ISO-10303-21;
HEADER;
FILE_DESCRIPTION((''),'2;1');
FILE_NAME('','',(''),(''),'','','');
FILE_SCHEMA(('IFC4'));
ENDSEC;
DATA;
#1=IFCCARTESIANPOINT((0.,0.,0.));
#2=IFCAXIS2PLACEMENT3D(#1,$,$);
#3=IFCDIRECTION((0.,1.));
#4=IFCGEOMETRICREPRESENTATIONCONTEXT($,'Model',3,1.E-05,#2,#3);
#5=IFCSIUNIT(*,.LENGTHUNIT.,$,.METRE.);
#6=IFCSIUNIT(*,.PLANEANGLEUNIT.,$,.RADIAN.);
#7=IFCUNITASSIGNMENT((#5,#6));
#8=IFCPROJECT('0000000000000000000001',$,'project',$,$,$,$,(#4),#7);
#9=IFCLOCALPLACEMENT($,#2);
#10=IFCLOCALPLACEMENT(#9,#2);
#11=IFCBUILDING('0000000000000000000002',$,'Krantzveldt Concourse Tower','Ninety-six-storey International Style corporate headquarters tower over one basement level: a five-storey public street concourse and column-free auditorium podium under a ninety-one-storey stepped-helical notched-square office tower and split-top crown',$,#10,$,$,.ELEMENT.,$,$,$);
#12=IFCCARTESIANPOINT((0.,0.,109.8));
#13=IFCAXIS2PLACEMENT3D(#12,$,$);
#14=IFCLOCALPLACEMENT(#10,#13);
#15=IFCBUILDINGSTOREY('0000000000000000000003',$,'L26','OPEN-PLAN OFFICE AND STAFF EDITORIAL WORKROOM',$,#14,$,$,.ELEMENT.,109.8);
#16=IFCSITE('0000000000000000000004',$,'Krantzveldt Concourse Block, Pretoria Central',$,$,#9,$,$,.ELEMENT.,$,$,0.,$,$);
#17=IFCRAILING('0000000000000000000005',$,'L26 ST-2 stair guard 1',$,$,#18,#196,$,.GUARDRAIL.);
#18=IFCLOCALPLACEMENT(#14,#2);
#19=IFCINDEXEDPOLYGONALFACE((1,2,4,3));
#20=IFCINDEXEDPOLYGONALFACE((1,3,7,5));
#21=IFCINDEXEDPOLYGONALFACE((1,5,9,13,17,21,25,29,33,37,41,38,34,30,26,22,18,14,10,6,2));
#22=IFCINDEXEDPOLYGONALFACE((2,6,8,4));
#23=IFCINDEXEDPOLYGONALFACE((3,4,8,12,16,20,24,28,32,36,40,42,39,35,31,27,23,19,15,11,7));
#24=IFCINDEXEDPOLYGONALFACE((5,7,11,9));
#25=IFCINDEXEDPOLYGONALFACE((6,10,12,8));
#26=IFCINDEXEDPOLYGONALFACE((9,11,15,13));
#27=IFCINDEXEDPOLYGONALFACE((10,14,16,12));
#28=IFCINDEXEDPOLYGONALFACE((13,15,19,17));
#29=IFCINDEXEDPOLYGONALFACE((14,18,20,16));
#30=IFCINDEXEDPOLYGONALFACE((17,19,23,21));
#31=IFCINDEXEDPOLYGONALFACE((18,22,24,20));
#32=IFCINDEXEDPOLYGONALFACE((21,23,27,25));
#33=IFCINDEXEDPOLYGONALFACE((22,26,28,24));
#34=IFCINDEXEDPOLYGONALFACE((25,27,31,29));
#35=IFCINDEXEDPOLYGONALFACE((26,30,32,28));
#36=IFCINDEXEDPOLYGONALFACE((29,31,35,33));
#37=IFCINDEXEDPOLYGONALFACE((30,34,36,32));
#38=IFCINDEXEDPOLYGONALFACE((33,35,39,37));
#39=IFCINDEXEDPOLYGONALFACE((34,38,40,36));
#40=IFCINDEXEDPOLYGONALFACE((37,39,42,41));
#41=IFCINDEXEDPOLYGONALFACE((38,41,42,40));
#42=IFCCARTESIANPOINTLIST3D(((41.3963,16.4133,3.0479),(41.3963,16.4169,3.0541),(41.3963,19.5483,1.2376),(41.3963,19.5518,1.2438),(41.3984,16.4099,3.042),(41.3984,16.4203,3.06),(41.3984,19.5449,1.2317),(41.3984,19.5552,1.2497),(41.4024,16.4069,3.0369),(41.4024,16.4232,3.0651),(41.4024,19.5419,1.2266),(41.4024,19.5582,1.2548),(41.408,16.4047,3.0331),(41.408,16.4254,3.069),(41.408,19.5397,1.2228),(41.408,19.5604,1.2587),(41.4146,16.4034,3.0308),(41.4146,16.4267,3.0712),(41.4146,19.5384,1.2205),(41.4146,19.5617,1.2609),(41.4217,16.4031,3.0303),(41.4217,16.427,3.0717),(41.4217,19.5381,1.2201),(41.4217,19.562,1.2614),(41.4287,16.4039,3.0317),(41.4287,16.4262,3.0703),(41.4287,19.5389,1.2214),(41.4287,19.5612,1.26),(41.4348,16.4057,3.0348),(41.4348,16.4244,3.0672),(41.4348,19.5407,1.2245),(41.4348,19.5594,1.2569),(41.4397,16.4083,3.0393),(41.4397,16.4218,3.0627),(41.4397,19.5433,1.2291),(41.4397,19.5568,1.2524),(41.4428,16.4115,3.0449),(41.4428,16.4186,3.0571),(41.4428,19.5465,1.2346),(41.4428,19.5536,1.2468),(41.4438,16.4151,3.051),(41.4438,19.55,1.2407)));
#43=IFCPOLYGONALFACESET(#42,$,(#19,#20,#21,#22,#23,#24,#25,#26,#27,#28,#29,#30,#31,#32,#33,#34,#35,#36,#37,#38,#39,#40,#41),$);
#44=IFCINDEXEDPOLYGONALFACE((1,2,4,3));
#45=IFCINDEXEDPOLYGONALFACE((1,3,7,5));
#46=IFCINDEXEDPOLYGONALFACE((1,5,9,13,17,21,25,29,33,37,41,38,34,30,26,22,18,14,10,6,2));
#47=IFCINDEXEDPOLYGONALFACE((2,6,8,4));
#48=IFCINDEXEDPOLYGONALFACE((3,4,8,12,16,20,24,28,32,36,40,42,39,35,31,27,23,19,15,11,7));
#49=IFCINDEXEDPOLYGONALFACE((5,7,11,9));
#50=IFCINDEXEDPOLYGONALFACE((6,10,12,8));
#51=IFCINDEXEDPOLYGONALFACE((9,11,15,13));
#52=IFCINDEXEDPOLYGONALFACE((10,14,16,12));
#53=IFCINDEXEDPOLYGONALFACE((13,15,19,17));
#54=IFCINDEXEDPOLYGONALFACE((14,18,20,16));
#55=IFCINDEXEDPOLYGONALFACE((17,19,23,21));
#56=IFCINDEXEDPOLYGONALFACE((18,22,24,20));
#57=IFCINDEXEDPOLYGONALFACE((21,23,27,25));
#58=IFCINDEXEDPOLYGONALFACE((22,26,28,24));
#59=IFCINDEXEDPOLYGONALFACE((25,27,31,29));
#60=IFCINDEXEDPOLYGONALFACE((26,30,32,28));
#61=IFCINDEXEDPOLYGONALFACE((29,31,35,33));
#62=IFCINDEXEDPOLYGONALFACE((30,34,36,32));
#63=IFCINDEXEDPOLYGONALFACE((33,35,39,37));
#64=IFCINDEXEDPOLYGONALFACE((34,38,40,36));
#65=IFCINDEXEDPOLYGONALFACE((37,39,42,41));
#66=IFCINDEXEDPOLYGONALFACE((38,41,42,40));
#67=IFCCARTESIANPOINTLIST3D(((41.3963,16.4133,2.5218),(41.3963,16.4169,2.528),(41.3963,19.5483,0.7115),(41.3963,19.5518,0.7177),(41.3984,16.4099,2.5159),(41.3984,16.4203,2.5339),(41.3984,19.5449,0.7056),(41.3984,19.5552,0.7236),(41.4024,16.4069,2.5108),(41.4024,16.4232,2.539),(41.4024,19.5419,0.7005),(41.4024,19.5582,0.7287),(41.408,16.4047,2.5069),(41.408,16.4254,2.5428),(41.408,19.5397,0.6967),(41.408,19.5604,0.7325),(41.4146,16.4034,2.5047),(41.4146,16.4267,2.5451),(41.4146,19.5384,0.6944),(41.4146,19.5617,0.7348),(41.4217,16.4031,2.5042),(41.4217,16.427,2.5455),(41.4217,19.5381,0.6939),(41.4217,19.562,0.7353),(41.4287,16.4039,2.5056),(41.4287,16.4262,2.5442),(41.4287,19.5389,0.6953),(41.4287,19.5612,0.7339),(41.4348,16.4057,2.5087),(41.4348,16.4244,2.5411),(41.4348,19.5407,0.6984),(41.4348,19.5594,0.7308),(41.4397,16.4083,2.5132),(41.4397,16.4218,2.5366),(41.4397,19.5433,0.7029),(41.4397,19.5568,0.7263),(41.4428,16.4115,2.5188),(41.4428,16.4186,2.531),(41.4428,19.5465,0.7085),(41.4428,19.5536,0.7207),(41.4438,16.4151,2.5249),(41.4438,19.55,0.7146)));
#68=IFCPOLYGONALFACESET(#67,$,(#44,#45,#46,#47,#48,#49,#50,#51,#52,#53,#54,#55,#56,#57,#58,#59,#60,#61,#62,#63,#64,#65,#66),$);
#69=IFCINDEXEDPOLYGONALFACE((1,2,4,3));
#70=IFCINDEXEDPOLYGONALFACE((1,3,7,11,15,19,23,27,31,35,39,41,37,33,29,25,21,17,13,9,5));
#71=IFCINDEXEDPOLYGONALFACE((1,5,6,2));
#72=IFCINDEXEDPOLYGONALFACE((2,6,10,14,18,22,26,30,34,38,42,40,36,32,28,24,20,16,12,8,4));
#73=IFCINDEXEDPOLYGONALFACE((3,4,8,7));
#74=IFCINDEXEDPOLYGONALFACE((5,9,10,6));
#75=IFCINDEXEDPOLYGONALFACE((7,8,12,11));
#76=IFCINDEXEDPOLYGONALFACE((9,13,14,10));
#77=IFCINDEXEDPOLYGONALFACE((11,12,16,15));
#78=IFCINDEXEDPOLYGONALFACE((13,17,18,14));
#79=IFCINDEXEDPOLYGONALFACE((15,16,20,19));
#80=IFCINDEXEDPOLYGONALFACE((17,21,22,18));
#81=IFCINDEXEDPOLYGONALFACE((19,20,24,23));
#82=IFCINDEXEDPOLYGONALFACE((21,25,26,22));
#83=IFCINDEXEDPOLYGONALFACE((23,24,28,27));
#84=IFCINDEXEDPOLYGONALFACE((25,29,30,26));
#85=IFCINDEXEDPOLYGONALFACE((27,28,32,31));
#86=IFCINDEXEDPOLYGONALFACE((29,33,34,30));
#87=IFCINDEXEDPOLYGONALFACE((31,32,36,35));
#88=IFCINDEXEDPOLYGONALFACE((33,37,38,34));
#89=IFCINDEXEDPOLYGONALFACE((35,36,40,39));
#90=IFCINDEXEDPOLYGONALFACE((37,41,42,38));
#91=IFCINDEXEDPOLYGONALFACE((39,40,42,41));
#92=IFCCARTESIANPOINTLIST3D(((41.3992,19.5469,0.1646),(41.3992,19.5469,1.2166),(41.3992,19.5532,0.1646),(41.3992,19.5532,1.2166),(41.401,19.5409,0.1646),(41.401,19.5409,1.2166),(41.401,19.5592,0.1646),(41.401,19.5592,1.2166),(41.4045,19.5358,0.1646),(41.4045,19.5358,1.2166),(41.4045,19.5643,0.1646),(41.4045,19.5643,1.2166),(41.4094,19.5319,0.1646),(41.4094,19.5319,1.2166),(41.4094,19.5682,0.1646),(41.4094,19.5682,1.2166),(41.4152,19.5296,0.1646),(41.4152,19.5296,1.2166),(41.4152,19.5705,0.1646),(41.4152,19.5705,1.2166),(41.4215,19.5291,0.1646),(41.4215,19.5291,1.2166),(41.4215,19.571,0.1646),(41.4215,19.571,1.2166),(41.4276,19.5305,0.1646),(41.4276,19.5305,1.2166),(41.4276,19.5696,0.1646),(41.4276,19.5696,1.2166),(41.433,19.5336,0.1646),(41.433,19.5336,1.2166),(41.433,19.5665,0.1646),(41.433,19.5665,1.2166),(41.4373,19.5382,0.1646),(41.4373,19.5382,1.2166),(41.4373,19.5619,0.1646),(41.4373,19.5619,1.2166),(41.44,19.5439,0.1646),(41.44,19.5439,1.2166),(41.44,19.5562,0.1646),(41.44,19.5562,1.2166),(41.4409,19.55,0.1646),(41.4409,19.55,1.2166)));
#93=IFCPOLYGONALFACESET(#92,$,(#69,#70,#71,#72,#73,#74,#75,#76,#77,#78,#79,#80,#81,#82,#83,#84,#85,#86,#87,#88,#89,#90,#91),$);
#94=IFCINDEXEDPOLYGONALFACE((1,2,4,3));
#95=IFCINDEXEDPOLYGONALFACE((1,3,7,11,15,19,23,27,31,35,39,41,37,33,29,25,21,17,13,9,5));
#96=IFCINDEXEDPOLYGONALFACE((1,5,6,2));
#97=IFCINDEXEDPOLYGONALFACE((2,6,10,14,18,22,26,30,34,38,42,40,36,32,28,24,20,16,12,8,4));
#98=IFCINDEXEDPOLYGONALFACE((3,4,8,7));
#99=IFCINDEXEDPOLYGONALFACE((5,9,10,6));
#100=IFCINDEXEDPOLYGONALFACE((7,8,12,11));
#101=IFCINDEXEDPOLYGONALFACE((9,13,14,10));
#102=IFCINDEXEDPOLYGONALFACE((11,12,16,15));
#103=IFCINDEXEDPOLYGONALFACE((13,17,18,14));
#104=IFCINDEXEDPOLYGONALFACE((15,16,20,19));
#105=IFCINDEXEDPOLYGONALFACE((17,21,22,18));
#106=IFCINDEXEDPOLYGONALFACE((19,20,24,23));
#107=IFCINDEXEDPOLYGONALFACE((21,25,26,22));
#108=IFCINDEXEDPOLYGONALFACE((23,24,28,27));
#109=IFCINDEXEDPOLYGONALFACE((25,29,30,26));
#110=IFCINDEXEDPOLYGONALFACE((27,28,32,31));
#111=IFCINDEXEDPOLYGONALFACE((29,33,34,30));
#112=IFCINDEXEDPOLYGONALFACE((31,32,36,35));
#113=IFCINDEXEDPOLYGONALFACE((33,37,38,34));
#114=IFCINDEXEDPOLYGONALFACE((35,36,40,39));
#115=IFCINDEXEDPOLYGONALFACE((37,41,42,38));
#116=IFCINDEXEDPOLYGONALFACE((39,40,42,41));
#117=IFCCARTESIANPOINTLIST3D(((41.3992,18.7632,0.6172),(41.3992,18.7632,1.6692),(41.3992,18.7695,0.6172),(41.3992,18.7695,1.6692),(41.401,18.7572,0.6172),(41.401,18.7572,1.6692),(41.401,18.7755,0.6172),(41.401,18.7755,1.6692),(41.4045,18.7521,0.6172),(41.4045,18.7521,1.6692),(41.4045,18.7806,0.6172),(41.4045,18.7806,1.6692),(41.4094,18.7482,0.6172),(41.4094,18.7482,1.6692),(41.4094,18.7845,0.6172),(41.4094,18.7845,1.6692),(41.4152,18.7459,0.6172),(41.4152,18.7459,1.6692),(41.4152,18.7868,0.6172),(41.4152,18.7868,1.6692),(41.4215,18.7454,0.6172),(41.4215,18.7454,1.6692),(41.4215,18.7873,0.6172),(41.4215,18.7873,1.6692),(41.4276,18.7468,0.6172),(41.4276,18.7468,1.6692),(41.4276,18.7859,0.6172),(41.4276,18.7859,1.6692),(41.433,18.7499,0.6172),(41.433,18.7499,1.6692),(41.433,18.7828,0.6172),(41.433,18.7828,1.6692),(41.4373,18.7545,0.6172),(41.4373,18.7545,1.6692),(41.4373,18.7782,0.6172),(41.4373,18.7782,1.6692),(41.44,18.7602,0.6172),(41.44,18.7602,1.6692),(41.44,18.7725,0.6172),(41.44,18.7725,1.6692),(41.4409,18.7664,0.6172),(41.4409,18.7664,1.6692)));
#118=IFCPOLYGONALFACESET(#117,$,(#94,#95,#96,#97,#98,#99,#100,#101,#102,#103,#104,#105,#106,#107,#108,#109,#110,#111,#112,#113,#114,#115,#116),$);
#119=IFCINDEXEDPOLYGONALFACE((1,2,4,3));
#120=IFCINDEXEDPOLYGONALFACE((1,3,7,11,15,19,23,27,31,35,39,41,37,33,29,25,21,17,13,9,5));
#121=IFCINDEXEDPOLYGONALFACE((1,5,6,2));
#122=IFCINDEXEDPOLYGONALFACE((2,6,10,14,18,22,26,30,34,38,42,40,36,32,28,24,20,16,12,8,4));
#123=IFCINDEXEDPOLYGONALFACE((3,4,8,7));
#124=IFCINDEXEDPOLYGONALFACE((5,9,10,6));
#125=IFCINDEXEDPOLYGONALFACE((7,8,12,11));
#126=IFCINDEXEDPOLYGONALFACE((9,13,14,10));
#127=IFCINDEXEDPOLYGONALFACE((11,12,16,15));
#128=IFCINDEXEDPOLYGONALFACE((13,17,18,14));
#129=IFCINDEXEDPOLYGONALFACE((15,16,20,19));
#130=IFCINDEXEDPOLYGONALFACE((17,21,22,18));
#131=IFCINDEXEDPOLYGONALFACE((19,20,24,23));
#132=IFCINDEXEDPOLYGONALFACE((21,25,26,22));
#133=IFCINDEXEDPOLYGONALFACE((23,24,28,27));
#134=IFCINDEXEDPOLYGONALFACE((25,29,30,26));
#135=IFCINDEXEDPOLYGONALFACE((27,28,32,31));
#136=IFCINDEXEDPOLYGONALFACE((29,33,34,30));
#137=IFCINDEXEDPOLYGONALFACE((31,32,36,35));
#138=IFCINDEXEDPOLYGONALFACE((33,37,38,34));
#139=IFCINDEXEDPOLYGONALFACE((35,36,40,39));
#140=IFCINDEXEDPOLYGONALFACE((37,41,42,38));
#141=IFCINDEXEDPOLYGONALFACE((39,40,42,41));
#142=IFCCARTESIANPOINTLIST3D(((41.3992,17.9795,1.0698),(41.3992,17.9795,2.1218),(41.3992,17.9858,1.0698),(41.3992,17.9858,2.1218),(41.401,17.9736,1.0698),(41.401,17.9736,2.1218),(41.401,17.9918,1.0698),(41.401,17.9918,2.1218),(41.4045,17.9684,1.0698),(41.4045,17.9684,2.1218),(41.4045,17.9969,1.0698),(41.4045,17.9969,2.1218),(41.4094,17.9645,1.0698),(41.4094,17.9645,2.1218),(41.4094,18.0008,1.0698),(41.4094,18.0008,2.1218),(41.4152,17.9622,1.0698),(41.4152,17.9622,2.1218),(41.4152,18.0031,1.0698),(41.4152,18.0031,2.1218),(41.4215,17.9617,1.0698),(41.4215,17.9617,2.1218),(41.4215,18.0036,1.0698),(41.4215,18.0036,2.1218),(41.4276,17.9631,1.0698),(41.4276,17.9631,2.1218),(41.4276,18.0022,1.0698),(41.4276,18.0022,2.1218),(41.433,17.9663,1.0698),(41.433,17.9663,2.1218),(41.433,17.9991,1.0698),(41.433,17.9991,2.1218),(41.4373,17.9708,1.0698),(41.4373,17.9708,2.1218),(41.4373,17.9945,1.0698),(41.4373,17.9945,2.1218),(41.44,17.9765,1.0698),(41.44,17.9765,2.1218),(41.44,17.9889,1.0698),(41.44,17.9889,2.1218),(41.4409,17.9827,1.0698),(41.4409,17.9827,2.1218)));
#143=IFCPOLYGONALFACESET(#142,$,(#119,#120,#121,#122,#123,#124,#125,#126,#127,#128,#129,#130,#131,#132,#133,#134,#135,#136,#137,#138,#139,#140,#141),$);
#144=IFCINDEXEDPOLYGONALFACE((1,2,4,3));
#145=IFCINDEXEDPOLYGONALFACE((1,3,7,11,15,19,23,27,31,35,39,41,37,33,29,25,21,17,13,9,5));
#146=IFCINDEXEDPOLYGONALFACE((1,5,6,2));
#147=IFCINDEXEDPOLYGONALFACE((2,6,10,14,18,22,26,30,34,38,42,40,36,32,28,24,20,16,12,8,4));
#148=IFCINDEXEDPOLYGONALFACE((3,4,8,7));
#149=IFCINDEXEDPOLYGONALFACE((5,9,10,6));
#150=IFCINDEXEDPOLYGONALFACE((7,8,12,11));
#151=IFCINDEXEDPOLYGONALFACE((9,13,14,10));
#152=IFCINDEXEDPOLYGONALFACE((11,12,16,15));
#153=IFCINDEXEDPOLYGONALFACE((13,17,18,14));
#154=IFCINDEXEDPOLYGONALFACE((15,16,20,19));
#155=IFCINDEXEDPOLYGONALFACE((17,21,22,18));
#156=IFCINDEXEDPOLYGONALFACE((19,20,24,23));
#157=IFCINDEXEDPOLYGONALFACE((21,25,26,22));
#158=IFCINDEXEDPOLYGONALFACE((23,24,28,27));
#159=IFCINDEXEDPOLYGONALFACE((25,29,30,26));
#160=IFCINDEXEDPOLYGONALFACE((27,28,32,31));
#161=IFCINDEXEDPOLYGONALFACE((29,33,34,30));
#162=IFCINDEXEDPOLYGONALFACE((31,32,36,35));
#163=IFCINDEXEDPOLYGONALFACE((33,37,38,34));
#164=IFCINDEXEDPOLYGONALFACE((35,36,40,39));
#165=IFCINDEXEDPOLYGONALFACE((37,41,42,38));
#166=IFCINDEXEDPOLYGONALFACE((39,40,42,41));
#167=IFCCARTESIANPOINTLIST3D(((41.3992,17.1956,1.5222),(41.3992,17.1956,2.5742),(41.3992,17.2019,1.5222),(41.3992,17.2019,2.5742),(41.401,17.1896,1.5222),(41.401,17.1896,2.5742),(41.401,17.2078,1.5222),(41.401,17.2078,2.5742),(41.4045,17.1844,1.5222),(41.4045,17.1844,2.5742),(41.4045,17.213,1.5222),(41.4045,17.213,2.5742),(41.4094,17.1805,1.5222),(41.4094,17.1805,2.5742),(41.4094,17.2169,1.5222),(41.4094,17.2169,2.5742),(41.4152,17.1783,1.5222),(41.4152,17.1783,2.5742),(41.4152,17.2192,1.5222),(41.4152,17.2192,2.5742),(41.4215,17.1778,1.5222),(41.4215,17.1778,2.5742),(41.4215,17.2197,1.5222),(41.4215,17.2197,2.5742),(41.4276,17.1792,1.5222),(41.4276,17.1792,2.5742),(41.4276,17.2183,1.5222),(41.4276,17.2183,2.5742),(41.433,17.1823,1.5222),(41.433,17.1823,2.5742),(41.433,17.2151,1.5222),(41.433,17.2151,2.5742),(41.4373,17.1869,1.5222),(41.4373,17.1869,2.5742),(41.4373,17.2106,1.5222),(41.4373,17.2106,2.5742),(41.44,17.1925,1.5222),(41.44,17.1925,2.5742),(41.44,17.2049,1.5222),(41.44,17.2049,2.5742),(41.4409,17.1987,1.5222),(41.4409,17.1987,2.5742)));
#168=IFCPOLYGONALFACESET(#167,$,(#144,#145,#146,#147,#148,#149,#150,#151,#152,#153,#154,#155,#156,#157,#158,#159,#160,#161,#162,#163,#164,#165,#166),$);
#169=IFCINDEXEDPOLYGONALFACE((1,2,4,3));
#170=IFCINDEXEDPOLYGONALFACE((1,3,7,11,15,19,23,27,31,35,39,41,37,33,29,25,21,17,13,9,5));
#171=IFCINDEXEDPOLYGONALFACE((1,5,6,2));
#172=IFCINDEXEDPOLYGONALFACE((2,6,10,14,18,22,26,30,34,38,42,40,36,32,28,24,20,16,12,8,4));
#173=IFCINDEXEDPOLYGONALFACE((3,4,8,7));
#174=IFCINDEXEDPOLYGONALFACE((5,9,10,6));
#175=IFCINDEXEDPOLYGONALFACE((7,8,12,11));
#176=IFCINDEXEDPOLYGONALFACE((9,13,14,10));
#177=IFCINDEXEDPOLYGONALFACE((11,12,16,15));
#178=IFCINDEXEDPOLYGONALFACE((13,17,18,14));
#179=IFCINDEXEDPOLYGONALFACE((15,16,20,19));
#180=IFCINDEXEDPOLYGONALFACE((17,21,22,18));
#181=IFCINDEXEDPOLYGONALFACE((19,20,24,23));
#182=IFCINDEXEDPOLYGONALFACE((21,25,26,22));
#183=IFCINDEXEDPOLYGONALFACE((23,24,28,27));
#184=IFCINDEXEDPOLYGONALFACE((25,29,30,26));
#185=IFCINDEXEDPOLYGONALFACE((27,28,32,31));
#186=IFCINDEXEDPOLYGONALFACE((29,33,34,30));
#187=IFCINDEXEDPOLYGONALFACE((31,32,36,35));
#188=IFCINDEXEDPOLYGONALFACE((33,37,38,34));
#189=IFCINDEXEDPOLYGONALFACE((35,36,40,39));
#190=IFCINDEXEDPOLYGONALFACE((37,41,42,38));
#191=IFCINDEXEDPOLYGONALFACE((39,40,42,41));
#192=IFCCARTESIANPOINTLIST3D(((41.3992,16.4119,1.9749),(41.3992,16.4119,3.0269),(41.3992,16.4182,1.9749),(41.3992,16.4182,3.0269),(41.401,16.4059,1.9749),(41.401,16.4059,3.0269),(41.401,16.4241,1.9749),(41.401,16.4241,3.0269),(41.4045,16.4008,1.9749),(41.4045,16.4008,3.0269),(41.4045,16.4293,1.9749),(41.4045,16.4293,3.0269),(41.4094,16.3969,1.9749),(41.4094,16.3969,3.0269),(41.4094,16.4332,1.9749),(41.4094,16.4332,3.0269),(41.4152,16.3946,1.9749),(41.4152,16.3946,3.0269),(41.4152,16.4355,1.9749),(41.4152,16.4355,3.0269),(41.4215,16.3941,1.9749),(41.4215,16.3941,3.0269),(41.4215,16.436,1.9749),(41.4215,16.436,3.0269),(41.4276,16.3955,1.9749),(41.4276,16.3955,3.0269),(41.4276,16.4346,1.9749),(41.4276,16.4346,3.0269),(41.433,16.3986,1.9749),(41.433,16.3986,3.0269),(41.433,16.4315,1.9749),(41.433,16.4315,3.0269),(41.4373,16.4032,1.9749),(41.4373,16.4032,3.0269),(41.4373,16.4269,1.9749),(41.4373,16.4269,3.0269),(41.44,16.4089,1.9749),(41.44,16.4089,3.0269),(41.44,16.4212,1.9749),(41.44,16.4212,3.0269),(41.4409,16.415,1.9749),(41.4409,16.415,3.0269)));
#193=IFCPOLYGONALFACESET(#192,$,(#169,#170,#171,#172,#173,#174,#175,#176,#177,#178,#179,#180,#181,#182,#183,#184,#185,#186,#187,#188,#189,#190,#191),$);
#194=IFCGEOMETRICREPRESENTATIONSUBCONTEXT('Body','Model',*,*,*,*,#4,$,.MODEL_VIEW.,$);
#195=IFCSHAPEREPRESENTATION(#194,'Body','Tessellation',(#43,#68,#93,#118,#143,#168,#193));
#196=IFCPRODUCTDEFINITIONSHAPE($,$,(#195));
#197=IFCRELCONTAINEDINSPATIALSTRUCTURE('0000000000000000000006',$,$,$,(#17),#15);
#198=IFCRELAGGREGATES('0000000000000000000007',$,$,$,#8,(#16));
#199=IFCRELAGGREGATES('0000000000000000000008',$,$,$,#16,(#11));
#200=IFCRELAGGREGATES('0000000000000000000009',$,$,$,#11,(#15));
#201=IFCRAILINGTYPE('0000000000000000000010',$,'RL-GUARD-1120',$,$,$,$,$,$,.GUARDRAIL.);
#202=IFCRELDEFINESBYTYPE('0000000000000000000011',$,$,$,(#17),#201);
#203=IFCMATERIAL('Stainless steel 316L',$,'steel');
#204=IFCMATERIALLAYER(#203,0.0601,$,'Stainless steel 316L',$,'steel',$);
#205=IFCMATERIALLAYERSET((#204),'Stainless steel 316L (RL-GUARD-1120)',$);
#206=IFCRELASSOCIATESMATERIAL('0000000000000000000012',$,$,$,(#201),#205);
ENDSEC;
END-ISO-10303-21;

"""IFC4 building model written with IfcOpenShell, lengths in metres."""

from ifc_helpers import new_model, si_unit, direction, frame, origin, origin_2d, place, context, subcontext, project, spatial, circle, extrude, material, layer, layer_set, type_object, element, save


model = new_model("IFC4")

# Units and contexts
model_context = context("Model", 3, precision=1e-05, world=origin(), true_north=direction((0.0, 1.0)))
body_context = subcontext(model_context, "Body", "Model", "MODEL_VIEW")
ifc_project = project(units=[si_unit("LENGTHUNIT", "METRE"), si_unit("PLANEANGLEUNIT", "RADIAN")], contexts=[model_context])

# Site, building, storey
site_placement = place(None, origin())
site = spatial("IfcSite", under=ifc_project, at=site_placement, Name="Krantzveldt Concourse Block, Pretoria Central", CompositionType="ELEMENT", RefElevation=0.0)
building_placement = place(site_placement, origin())
building = spatial("IfcBuilding", under=site, at=building_placement, Name="Krantzveldt Concourse Tower", Description="Ninety-six-storey International Style corporate headquarters tower over one basement level: a five-storey public street concourse and column-free auditorium podium under a ninety-one-storey stepped-helical notched-square office tower and split-top crown", CompositionType="ELEMENT")
storey_placement = place(building_placement, frame((0.0, 0.0, 109.8)))
storey = spatial("IfcBuildingStorey", under=building, at=storey_placement, Name="L26", Description="OPEN-PLAN OFFICE AND STAFF EDITORIAL WORKROOM", CompositionType="ELEMENT", Elevation=109.8)

# Shared definitions
ifc_material_1 = material(Name="Stainless steel 316L", Category="steel")

# Railing
ifc_layer_1 = layer(ifc_material_1, 0.0601, Name="Stainless steel 316L", Category="steel")
ifc_layer_set_1 = layer_set([ifc_layer_1], Name="Stainless steel 316L (RL-GUARD-1120)")
railing_type_1 = type_object("IfcRailingType", Name="RL-GUARD-1120", PredefinedType="GUARDRAIL", material=ifc_layer_set_1)
railing_1_placement = place(storey_placement, frame((41.4199, 19.55, 0.1646)))
element("IfcRailing", 1, at=railing_1_placement, inside=storey, type_object=railing_type_1, Name="L26 ST-2 stair guard 1", PredefinedType="GUARDRAIL", context=body_context, shape_type="SweptSolid", body=[
    extrude(circle(Radius=0.0239, at=origin_2d()), frame((0.0, 0.0, 1.0762), z_axis=(0.0, -0.865989, 0.500063), x_axis=(1.0, 0.0, 0.0)), (0.0, 0.0, 1.0), 3.6201),
    extrude(circle(Radius=0.0239, at=origin_2d()), frame((0.0, 0.0, 0.55), z_axis=(0.0, -0.865989, 0.500063), x_axis=(1.0, 0.0, 0.0)), (0.0, 0.0, 1.0), 3.6201),
    extrude(circle(Radius=0.021, at=origin_2d()), origin(), (0.0, 0.0, 1.0), 1.052),
    extrude(circle(Radius=0.021, at=origin_2d()), frame((0.0, -0.7837, 0.4526)), (0.0, 0.0, 1.0), 1.052),
    extrude(circle(Radius=0.021, at=origin_2d()), frame((0.0, -1.5674, 0.9053)), (0.0, 0.0, 1.0), 1.052),
    extrude(circle(Radius=0.021, at=origin_2d()), frame((0.0, -2.3513, 1.3577)), (0.0, 0.0, 1.0), 1.052),
    extrude(circle(Radius=0.021, at=origin_2d()), frame((0.0, -3.135, 1.8103)), (0.0, 0.0, 1.0), 1.052),
])

save(model, "model.ifc")
